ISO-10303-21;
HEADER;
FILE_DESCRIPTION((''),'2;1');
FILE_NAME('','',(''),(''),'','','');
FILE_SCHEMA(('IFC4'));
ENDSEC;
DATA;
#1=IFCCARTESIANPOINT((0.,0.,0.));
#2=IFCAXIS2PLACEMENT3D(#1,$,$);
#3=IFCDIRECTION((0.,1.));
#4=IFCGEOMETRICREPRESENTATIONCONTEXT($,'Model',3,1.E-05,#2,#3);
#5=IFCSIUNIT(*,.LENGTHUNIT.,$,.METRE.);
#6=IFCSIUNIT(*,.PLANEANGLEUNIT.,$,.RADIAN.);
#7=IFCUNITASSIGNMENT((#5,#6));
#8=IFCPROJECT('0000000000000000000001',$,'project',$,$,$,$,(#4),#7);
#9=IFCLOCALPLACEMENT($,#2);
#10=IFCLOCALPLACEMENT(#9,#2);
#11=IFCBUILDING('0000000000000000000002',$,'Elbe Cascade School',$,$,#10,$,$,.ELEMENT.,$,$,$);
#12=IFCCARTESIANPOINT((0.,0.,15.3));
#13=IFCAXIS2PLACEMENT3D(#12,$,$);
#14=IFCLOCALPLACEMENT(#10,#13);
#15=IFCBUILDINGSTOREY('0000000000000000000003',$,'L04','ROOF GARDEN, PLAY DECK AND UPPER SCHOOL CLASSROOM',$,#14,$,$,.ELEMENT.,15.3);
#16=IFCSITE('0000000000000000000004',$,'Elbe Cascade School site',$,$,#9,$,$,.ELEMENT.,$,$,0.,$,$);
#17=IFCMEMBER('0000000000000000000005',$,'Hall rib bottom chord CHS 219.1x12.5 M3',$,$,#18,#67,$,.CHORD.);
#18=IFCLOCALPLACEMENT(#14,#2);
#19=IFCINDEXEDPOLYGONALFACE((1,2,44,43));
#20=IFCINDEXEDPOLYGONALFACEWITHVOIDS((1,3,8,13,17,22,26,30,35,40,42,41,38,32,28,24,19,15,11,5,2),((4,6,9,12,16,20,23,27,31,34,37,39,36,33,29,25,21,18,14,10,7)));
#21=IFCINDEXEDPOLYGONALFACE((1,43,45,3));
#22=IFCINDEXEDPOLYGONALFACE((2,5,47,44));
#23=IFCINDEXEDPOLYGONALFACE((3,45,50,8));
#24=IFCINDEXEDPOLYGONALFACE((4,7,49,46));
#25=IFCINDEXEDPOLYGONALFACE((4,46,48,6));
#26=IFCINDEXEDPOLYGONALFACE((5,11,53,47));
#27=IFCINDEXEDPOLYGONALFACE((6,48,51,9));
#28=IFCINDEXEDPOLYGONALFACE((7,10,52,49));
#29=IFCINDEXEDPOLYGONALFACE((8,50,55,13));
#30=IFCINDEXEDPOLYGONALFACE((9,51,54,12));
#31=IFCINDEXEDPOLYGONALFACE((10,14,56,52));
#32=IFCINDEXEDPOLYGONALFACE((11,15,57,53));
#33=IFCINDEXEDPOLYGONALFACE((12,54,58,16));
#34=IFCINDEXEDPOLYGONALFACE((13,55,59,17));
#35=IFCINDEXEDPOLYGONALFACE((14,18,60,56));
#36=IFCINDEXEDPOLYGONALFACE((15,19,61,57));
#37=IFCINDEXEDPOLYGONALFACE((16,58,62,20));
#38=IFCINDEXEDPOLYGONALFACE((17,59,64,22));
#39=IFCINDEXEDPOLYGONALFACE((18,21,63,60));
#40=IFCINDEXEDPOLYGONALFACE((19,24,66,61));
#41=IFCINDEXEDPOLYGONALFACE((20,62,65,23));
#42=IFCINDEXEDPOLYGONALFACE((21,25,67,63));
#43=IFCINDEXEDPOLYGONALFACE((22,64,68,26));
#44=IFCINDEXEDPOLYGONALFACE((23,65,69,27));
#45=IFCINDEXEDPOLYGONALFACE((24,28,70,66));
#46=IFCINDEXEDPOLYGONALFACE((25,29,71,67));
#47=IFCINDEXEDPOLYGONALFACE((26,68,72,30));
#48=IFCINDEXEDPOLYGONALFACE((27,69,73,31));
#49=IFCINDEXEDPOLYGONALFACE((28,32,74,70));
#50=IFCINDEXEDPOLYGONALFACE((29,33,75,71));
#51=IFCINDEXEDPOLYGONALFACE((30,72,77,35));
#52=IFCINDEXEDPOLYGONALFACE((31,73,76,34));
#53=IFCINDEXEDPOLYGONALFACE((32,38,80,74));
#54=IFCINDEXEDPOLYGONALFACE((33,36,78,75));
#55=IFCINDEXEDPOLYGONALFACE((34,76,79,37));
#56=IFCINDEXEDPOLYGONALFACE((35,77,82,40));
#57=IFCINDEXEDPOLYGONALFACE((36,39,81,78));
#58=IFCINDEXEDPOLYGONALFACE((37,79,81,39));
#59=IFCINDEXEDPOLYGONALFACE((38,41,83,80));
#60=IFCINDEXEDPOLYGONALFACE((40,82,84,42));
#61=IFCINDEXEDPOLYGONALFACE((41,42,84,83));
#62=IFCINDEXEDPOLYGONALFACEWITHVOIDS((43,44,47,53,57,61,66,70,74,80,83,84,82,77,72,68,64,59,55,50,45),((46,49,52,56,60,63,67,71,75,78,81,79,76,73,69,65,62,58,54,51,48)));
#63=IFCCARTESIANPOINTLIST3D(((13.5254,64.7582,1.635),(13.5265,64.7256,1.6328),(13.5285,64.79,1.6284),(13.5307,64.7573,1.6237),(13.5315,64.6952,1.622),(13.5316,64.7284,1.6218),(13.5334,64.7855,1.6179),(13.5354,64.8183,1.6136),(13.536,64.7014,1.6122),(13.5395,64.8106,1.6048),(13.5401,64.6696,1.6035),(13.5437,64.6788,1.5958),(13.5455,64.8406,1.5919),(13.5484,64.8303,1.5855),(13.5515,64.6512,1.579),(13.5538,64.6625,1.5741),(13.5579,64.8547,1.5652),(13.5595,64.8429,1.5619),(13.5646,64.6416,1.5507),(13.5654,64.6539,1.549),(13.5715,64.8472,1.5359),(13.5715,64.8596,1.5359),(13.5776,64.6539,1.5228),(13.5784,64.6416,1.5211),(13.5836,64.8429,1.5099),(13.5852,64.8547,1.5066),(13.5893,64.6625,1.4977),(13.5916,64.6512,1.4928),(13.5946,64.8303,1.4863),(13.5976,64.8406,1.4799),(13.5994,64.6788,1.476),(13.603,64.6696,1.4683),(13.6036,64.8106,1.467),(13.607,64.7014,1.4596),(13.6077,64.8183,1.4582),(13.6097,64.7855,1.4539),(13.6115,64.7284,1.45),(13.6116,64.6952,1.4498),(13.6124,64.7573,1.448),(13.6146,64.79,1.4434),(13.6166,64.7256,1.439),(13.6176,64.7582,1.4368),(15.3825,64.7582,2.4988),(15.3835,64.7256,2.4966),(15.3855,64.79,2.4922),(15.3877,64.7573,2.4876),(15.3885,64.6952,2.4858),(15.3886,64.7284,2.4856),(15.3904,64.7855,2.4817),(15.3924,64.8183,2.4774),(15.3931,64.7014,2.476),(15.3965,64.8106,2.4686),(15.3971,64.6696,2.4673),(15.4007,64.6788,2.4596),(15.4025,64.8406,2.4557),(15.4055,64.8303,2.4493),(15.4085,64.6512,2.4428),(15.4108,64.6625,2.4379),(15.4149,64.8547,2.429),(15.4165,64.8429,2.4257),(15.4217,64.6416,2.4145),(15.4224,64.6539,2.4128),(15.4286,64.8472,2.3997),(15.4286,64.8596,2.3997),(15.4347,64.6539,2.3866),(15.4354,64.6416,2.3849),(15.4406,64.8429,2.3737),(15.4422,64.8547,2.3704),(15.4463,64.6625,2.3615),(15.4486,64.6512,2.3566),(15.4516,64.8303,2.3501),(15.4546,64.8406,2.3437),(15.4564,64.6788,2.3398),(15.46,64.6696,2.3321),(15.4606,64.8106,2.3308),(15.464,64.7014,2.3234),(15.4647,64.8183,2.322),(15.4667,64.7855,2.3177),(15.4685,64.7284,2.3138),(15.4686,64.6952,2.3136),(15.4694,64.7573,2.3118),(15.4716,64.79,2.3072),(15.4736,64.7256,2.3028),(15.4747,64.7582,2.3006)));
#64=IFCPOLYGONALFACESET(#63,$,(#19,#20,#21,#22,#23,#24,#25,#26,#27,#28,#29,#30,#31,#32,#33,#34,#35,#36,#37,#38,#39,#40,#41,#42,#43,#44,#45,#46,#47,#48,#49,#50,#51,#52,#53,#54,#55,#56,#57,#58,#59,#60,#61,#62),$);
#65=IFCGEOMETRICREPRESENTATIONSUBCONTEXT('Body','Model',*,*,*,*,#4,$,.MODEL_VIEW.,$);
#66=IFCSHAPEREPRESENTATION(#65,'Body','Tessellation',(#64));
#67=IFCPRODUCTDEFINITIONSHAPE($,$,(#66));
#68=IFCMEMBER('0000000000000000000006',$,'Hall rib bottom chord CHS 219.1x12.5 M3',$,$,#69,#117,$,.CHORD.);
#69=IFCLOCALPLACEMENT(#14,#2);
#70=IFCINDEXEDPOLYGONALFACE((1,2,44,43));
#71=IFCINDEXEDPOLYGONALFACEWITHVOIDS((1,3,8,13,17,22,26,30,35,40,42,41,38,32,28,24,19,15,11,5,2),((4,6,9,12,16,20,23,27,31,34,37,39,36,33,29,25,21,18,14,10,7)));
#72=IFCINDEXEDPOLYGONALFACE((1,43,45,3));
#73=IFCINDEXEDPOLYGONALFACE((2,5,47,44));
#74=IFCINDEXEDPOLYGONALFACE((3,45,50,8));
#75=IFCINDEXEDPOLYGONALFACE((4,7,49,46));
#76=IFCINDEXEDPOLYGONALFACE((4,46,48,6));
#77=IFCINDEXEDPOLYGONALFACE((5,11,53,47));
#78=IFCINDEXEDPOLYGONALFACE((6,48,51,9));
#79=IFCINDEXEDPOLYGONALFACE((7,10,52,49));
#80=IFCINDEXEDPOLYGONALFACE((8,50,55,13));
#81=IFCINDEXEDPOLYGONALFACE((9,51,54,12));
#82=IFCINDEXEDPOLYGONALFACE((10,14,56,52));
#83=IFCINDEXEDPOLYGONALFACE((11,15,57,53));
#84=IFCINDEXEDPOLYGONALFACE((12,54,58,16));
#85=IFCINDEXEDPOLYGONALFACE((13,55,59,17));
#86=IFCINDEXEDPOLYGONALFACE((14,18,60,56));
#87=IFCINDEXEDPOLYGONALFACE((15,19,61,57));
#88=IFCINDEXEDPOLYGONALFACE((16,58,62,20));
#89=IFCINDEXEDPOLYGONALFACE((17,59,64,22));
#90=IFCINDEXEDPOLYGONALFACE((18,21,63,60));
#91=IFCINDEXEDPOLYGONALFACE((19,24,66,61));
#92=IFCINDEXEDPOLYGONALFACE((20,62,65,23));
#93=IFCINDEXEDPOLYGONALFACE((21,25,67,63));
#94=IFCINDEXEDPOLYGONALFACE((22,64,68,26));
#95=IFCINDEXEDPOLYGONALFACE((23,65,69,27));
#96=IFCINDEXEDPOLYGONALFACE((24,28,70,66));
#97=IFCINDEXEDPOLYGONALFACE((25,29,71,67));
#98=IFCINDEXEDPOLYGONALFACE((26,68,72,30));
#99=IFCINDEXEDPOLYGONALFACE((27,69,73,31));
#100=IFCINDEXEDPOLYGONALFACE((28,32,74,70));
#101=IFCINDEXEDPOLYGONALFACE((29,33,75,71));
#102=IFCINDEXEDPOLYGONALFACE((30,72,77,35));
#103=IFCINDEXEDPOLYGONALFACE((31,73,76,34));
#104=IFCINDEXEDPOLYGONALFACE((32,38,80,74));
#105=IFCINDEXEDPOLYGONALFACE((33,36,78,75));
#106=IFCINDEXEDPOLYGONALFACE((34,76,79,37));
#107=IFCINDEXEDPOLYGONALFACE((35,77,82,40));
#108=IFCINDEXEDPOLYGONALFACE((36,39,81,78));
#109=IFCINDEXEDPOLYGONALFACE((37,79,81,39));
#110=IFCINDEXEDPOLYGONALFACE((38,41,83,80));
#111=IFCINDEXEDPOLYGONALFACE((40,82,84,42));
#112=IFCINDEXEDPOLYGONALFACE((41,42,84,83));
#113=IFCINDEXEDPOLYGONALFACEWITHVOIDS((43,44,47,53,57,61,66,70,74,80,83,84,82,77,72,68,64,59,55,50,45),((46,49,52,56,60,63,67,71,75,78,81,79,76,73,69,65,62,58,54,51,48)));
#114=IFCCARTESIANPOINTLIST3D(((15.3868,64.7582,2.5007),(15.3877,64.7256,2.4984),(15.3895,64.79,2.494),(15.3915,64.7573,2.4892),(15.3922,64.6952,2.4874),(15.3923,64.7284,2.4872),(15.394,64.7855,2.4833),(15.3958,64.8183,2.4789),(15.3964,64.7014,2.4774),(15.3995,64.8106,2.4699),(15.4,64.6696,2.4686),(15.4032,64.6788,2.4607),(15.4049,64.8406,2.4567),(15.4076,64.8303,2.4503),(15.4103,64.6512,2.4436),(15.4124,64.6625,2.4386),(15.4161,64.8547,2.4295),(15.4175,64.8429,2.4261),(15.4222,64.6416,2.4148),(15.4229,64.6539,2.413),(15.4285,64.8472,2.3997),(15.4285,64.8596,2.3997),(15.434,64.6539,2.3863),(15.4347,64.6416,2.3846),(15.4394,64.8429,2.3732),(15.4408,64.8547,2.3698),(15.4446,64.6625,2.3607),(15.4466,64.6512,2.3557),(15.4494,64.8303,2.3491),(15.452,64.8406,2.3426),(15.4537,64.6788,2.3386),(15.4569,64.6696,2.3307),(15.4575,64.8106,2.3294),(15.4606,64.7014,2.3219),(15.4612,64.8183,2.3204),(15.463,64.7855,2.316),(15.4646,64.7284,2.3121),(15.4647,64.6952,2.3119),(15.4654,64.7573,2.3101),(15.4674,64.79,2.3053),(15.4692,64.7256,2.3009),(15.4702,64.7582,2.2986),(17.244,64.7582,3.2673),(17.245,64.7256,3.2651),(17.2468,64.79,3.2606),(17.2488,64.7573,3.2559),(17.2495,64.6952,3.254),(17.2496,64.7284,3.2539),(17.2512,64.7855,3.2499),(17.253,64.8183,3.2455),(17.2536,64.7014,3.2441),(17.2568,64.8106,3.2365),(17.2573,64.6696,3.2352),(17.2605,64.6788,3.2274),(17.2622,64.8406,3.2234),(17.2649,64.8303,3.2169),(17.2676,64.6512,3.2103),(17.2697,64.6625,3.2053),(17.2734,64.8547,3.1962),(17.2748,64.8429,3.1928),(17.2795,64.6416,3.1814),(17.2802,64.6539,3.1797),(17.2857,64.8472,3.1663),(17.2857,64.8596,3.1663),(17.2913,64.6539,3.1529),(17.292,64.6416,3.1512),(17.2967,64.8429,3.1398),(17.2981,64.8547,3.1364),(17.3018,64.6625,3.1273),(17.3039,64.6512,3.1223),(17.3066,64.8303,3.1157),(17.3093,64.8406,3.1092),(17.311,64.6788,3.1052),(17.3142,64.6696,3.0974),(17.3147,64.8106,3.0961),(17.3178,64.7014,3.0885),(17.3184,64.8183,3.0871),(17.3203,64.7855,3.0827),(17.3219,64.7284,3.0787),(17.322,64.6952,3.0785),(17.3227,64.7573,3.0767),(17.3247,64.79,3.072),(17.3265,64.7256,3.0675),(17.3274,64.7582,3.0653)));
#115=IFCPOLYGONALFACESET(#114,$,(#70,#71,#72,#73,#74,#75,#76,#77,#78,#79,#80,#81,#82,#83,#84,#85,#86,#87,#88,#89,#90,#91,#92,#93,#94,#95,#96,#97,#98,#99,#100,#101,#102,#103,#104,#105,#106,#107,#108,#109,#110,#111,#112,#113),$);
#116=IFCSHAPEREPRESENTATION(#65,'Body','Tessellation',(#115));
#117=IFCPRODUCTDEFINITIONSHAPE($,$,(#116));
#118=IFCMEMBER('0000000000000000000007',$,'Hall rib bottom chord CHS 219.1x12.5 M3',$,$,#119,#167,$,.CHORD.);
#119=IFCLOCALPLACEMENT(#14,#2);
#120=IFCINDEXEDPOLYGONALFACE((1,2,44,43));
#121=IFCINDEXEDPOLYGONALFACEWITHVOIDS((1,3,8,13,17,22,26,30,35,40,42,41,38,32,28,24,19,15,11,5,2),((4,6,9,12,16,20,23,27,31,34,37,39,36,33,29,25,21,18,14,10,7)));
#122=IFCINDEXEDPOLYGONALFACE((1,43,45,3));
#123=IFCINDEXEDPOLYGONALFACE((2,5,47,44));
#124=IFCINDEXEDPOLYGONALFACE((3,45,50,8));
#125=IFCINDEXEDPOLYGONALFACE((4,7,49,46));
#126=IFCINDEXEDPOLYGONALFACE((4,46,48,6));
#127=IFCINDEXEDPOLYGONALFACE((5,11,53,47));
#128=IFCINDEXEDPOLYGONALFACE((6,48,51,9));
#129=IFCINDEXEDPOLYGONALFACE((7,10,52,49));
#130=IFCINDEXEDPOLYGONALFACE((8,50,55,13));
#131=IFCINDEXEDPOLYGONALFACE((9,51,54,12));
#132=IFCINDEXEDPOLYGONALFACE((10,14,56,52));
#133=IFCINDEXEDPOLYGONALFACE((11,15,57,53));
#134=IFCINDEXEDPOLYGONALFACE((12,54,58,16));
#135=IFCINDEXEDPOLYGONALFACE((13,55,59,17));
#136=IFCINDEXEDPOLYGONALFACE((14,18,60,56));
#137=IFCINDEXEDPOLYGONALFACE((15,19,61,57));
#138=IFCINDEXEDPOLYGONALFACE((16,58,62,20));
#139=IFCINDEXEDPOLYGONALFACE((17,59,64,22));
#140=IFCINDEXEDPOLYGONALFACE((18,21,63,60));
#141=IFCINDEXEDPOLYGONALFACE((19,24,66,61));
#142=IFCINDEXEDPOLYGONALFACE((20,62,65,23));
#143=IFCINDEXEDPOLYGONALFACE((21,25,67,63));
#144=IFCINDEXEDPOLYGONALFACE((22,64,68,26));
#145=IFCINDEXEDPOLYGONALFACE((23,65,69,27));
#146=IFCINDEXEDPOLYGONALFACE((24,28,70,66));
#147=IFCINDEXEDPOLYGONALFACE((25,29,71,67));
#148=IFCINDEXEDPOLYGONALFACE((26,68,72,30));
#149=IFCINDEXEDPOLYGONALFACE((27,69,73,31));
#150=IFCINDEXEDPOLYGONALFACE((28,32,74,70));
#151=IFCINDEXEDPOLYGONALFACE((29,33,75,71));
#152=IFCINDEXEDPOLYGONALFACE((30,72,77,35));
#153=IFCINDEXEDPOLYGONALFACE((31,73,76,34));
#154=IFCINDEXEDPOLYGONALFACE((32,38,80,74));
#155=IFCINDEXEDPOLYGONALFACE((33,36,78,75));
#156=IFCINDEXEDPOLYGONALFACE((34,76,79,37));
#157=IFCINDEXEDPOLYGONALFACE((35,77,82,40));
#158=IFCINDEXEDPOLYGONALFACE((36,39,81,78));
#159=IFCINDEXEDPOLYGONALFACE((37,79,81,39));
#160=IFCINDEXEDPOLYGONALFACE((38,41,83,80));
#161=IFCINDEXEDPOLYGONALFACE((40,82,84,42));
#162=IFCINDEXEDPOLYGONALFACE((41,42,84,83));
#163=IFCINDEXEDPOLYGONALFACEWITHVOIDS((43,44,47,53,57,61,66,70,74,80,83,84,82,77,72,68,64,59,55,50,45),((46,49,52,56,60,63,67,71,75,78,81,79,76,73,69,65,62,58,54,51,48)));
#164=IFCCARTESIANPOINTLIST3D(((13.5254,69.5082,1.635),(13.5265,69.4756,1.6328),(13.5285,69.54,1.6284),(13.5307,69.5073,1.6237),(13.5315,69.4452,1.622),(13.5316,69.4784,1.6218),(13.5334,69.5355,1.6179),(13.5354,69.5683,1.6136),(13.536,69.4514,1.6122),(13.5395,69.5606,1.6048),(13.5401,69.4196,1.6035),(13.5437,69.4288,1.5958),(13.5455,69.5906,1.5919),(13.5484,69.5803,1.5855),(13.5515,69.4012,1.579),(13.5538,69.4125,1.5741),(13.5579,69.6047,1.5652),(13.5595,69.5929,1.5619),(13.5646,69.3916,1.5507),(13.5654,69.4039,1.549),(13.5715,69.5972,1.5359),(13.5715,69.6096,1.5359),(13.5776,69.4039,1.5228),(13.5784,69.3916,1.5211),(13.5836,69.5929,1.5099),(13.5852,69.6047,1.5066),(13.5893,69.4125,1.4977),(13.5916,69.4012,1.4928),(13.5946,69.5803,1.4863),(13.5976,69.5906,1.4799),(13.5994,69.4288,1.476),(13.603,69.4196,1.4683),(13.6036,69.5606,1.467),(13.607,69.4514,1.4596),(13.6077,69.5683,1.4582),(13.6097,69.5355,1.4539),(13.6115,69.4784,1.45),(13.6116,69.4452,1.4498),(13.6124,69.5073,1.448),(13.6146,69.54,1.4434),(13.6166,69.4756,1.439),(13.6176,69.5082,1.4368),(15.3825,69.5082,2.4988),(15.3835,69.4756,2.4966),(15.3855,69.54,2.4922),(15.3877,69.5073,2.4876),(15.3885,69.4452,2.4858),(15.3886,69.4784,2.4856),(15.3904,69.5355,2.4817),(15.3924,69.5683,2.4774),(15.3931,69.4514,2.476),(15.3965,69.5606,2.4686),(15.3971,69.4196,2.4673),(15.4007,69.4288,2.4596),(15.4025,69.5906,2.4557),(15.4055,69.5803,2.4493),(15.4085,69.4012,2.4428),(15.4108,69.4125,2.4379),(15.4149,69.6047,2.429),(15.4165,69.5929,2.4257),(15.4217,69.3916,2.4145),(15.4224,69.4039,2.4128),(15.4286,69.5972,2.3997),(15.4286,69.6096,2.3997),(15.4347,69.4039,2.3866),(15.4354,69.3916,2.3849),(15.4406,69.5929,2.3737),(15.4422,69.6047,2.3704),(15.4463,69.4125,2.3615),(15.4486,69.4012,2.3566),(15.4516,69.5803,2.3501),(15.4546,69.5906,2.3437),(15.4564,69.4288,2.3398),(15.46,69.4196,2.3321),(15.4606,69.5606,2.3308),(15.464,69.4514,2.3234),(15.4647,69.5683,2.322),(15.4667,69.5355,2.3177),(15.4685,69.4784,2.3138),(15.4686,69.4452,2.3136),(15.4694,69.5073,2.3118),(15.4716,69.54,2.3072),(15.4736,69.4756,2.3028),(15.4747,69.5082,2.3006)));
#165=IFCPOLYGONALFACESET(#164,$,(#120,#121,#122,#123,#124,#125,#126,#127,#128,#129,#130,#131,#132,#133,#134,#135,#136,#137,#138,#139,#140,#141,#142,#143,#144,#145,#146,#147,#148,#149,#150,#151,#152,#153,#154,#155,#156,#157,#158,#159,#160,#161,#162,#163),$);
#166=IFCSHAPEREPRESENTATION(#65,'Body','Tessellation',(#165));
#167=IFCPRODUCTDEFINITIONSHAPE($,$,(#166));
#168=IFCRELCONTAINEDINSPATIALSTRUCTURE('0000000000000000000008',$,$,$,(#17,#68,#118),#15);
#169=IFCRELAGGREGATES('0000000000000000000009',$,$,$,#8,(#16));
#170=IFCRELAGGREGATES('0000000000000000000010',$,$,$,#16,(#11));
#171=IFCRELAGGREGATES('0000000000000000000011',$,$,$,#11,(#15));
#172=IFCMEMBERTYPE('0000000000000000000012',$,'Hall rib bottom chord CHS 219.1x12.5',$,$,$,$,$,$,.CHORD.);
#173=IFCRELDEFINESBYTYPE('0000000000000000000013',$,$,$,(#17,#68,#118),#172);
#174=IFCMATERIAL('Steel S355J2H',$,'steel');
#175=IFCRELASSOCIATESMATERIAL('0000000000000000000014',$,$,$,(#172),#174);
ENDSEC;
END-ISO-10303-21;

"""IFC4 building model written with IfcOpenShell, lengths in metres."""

from ifc_helpers import new_model, si_unit, direction, frame, origin, origin_2d, place, context, subcontext, project, spatial, hollow_circle, extrude, material, material_profile, profile_set, type_object, element, save


model = new_model("IFC4")

# Units and contexts
model_context = context("Model", 3, precision=1e-05, world=origin(), true_north=direction((0.0, 1.0)))
body_context = subcontext(model_context, "Body", "Model", "MODEL_VIEW")
ifc_project = project(units=[si_unit("LENGTHUNIT", "METRE"), si_unit("PLANEANGLEUNIT", "RADIAN")], contexts=[model_context])

# Site, building, storey
site_placement = place(None, origin())
site = spatial("IfcSite", under=ifc_project, at=site_placement, Name="Elbe Cascade School site", CompositionType="ELEMENT", RefElevation=0.0)
building_placement = place(site_placement, origin())
building = spatial("IfcBuilding", under=site, at=building_placement, Name="Elbe Cascade School", CompositionType="ELEMENT")
storey_placement = place(building_placement, frame((0.0, 0.0, 15.3)))
storey = spatial("IfcBuildingStorey", under=building, at=storey_placement, Name="L04", Description="ROOF GARDEN, PLAY DECK AND UPPER SCHOOL CLASSROOM", CompositionType="ELEMENT", Elevation=15.3)

# Members
ifc_material_1 = material(Name="Steel S355J2H", Category="steel")
ifc_material_profile_1 = material_profile(ifc_material_1, hollow_circle(Radius=0.1096, WallThickness=0.0125, at=origin_2d()), Name="CHS 219.1x12.5")
ifc_profile_set_1 = profile_set([ifc_material_profile_1], Name="Steel S355J2H")
member_type_1 = type_object("IfcMemberType", Name="Hall rib bottom chord CHS 219.1x12.5", PredefinedType="CHORD", material=ifc_profile_set_1)
member_1_placement = place(storey_placement, frame((13.5715, 64.75, 1.5359), z_axis=(0.906706, 0.0, 0.421763), x_axis=(0.0, 1.0, 0.0)))
element("IfcMember", 1, at=member_1_placement, inside=storey, type_object=member_type_1, Name="Hall rib bottom chord CHS 219.1x12.5 M3", PredefinedType="CHORD", context=body_context, shape_type="SweptSolid", body=[
    extrude(hollow_circle(Radius=0.1096, WallThickness=0.0125, at=origin_2d()), origin(), (0.0, 0.0, 1.0), 2.0481),
])
member_2_placement = place(storey_placement, frame((15.4285, 64.75, 2.3997), z_axis=(0.924348, 0.0, 0.38155), x_axis=(0.0, 1.0, 0.0)))
element("IfcMember", 2, at=member_2_placement, inside=storey, type_object=member_type_1, Name="Hall rib bottom chord CHS 219.1x12.5 M3", PredefinedType="CHORD", context=body_context, shape_type="SweptSolid", body=[
    extrude(hollow_circle(Radius=0.1096, WallThickness=0.0125, at=origin_2d()), origin(), (0.0, 0.0, 1.0), 2.0093),
])
member_3_placement = place(storey_placement, frame((13.5715, 69.5, 1.5359), z_axis=(0.906706, 0.0, 0.421763), x_axis=(0.0, 1.0, 0.0)))
element("IfcMember", 3, at=member_3_placement, inside=storey, type_object=member_type_1, Name="Hall rib bottom chord CHS 219.1x12.5 M3", PredefinedType="CHORD", context=body_context, shape_type="SweptSolid", body=[
    extrude(hollow_circle(Radius=0.1096, WallThickness=0.0125, at=origin_2d()), origin(), (0.0, 0.0, 1.0), 2.0481),
])

save(model, "model.ifc")
